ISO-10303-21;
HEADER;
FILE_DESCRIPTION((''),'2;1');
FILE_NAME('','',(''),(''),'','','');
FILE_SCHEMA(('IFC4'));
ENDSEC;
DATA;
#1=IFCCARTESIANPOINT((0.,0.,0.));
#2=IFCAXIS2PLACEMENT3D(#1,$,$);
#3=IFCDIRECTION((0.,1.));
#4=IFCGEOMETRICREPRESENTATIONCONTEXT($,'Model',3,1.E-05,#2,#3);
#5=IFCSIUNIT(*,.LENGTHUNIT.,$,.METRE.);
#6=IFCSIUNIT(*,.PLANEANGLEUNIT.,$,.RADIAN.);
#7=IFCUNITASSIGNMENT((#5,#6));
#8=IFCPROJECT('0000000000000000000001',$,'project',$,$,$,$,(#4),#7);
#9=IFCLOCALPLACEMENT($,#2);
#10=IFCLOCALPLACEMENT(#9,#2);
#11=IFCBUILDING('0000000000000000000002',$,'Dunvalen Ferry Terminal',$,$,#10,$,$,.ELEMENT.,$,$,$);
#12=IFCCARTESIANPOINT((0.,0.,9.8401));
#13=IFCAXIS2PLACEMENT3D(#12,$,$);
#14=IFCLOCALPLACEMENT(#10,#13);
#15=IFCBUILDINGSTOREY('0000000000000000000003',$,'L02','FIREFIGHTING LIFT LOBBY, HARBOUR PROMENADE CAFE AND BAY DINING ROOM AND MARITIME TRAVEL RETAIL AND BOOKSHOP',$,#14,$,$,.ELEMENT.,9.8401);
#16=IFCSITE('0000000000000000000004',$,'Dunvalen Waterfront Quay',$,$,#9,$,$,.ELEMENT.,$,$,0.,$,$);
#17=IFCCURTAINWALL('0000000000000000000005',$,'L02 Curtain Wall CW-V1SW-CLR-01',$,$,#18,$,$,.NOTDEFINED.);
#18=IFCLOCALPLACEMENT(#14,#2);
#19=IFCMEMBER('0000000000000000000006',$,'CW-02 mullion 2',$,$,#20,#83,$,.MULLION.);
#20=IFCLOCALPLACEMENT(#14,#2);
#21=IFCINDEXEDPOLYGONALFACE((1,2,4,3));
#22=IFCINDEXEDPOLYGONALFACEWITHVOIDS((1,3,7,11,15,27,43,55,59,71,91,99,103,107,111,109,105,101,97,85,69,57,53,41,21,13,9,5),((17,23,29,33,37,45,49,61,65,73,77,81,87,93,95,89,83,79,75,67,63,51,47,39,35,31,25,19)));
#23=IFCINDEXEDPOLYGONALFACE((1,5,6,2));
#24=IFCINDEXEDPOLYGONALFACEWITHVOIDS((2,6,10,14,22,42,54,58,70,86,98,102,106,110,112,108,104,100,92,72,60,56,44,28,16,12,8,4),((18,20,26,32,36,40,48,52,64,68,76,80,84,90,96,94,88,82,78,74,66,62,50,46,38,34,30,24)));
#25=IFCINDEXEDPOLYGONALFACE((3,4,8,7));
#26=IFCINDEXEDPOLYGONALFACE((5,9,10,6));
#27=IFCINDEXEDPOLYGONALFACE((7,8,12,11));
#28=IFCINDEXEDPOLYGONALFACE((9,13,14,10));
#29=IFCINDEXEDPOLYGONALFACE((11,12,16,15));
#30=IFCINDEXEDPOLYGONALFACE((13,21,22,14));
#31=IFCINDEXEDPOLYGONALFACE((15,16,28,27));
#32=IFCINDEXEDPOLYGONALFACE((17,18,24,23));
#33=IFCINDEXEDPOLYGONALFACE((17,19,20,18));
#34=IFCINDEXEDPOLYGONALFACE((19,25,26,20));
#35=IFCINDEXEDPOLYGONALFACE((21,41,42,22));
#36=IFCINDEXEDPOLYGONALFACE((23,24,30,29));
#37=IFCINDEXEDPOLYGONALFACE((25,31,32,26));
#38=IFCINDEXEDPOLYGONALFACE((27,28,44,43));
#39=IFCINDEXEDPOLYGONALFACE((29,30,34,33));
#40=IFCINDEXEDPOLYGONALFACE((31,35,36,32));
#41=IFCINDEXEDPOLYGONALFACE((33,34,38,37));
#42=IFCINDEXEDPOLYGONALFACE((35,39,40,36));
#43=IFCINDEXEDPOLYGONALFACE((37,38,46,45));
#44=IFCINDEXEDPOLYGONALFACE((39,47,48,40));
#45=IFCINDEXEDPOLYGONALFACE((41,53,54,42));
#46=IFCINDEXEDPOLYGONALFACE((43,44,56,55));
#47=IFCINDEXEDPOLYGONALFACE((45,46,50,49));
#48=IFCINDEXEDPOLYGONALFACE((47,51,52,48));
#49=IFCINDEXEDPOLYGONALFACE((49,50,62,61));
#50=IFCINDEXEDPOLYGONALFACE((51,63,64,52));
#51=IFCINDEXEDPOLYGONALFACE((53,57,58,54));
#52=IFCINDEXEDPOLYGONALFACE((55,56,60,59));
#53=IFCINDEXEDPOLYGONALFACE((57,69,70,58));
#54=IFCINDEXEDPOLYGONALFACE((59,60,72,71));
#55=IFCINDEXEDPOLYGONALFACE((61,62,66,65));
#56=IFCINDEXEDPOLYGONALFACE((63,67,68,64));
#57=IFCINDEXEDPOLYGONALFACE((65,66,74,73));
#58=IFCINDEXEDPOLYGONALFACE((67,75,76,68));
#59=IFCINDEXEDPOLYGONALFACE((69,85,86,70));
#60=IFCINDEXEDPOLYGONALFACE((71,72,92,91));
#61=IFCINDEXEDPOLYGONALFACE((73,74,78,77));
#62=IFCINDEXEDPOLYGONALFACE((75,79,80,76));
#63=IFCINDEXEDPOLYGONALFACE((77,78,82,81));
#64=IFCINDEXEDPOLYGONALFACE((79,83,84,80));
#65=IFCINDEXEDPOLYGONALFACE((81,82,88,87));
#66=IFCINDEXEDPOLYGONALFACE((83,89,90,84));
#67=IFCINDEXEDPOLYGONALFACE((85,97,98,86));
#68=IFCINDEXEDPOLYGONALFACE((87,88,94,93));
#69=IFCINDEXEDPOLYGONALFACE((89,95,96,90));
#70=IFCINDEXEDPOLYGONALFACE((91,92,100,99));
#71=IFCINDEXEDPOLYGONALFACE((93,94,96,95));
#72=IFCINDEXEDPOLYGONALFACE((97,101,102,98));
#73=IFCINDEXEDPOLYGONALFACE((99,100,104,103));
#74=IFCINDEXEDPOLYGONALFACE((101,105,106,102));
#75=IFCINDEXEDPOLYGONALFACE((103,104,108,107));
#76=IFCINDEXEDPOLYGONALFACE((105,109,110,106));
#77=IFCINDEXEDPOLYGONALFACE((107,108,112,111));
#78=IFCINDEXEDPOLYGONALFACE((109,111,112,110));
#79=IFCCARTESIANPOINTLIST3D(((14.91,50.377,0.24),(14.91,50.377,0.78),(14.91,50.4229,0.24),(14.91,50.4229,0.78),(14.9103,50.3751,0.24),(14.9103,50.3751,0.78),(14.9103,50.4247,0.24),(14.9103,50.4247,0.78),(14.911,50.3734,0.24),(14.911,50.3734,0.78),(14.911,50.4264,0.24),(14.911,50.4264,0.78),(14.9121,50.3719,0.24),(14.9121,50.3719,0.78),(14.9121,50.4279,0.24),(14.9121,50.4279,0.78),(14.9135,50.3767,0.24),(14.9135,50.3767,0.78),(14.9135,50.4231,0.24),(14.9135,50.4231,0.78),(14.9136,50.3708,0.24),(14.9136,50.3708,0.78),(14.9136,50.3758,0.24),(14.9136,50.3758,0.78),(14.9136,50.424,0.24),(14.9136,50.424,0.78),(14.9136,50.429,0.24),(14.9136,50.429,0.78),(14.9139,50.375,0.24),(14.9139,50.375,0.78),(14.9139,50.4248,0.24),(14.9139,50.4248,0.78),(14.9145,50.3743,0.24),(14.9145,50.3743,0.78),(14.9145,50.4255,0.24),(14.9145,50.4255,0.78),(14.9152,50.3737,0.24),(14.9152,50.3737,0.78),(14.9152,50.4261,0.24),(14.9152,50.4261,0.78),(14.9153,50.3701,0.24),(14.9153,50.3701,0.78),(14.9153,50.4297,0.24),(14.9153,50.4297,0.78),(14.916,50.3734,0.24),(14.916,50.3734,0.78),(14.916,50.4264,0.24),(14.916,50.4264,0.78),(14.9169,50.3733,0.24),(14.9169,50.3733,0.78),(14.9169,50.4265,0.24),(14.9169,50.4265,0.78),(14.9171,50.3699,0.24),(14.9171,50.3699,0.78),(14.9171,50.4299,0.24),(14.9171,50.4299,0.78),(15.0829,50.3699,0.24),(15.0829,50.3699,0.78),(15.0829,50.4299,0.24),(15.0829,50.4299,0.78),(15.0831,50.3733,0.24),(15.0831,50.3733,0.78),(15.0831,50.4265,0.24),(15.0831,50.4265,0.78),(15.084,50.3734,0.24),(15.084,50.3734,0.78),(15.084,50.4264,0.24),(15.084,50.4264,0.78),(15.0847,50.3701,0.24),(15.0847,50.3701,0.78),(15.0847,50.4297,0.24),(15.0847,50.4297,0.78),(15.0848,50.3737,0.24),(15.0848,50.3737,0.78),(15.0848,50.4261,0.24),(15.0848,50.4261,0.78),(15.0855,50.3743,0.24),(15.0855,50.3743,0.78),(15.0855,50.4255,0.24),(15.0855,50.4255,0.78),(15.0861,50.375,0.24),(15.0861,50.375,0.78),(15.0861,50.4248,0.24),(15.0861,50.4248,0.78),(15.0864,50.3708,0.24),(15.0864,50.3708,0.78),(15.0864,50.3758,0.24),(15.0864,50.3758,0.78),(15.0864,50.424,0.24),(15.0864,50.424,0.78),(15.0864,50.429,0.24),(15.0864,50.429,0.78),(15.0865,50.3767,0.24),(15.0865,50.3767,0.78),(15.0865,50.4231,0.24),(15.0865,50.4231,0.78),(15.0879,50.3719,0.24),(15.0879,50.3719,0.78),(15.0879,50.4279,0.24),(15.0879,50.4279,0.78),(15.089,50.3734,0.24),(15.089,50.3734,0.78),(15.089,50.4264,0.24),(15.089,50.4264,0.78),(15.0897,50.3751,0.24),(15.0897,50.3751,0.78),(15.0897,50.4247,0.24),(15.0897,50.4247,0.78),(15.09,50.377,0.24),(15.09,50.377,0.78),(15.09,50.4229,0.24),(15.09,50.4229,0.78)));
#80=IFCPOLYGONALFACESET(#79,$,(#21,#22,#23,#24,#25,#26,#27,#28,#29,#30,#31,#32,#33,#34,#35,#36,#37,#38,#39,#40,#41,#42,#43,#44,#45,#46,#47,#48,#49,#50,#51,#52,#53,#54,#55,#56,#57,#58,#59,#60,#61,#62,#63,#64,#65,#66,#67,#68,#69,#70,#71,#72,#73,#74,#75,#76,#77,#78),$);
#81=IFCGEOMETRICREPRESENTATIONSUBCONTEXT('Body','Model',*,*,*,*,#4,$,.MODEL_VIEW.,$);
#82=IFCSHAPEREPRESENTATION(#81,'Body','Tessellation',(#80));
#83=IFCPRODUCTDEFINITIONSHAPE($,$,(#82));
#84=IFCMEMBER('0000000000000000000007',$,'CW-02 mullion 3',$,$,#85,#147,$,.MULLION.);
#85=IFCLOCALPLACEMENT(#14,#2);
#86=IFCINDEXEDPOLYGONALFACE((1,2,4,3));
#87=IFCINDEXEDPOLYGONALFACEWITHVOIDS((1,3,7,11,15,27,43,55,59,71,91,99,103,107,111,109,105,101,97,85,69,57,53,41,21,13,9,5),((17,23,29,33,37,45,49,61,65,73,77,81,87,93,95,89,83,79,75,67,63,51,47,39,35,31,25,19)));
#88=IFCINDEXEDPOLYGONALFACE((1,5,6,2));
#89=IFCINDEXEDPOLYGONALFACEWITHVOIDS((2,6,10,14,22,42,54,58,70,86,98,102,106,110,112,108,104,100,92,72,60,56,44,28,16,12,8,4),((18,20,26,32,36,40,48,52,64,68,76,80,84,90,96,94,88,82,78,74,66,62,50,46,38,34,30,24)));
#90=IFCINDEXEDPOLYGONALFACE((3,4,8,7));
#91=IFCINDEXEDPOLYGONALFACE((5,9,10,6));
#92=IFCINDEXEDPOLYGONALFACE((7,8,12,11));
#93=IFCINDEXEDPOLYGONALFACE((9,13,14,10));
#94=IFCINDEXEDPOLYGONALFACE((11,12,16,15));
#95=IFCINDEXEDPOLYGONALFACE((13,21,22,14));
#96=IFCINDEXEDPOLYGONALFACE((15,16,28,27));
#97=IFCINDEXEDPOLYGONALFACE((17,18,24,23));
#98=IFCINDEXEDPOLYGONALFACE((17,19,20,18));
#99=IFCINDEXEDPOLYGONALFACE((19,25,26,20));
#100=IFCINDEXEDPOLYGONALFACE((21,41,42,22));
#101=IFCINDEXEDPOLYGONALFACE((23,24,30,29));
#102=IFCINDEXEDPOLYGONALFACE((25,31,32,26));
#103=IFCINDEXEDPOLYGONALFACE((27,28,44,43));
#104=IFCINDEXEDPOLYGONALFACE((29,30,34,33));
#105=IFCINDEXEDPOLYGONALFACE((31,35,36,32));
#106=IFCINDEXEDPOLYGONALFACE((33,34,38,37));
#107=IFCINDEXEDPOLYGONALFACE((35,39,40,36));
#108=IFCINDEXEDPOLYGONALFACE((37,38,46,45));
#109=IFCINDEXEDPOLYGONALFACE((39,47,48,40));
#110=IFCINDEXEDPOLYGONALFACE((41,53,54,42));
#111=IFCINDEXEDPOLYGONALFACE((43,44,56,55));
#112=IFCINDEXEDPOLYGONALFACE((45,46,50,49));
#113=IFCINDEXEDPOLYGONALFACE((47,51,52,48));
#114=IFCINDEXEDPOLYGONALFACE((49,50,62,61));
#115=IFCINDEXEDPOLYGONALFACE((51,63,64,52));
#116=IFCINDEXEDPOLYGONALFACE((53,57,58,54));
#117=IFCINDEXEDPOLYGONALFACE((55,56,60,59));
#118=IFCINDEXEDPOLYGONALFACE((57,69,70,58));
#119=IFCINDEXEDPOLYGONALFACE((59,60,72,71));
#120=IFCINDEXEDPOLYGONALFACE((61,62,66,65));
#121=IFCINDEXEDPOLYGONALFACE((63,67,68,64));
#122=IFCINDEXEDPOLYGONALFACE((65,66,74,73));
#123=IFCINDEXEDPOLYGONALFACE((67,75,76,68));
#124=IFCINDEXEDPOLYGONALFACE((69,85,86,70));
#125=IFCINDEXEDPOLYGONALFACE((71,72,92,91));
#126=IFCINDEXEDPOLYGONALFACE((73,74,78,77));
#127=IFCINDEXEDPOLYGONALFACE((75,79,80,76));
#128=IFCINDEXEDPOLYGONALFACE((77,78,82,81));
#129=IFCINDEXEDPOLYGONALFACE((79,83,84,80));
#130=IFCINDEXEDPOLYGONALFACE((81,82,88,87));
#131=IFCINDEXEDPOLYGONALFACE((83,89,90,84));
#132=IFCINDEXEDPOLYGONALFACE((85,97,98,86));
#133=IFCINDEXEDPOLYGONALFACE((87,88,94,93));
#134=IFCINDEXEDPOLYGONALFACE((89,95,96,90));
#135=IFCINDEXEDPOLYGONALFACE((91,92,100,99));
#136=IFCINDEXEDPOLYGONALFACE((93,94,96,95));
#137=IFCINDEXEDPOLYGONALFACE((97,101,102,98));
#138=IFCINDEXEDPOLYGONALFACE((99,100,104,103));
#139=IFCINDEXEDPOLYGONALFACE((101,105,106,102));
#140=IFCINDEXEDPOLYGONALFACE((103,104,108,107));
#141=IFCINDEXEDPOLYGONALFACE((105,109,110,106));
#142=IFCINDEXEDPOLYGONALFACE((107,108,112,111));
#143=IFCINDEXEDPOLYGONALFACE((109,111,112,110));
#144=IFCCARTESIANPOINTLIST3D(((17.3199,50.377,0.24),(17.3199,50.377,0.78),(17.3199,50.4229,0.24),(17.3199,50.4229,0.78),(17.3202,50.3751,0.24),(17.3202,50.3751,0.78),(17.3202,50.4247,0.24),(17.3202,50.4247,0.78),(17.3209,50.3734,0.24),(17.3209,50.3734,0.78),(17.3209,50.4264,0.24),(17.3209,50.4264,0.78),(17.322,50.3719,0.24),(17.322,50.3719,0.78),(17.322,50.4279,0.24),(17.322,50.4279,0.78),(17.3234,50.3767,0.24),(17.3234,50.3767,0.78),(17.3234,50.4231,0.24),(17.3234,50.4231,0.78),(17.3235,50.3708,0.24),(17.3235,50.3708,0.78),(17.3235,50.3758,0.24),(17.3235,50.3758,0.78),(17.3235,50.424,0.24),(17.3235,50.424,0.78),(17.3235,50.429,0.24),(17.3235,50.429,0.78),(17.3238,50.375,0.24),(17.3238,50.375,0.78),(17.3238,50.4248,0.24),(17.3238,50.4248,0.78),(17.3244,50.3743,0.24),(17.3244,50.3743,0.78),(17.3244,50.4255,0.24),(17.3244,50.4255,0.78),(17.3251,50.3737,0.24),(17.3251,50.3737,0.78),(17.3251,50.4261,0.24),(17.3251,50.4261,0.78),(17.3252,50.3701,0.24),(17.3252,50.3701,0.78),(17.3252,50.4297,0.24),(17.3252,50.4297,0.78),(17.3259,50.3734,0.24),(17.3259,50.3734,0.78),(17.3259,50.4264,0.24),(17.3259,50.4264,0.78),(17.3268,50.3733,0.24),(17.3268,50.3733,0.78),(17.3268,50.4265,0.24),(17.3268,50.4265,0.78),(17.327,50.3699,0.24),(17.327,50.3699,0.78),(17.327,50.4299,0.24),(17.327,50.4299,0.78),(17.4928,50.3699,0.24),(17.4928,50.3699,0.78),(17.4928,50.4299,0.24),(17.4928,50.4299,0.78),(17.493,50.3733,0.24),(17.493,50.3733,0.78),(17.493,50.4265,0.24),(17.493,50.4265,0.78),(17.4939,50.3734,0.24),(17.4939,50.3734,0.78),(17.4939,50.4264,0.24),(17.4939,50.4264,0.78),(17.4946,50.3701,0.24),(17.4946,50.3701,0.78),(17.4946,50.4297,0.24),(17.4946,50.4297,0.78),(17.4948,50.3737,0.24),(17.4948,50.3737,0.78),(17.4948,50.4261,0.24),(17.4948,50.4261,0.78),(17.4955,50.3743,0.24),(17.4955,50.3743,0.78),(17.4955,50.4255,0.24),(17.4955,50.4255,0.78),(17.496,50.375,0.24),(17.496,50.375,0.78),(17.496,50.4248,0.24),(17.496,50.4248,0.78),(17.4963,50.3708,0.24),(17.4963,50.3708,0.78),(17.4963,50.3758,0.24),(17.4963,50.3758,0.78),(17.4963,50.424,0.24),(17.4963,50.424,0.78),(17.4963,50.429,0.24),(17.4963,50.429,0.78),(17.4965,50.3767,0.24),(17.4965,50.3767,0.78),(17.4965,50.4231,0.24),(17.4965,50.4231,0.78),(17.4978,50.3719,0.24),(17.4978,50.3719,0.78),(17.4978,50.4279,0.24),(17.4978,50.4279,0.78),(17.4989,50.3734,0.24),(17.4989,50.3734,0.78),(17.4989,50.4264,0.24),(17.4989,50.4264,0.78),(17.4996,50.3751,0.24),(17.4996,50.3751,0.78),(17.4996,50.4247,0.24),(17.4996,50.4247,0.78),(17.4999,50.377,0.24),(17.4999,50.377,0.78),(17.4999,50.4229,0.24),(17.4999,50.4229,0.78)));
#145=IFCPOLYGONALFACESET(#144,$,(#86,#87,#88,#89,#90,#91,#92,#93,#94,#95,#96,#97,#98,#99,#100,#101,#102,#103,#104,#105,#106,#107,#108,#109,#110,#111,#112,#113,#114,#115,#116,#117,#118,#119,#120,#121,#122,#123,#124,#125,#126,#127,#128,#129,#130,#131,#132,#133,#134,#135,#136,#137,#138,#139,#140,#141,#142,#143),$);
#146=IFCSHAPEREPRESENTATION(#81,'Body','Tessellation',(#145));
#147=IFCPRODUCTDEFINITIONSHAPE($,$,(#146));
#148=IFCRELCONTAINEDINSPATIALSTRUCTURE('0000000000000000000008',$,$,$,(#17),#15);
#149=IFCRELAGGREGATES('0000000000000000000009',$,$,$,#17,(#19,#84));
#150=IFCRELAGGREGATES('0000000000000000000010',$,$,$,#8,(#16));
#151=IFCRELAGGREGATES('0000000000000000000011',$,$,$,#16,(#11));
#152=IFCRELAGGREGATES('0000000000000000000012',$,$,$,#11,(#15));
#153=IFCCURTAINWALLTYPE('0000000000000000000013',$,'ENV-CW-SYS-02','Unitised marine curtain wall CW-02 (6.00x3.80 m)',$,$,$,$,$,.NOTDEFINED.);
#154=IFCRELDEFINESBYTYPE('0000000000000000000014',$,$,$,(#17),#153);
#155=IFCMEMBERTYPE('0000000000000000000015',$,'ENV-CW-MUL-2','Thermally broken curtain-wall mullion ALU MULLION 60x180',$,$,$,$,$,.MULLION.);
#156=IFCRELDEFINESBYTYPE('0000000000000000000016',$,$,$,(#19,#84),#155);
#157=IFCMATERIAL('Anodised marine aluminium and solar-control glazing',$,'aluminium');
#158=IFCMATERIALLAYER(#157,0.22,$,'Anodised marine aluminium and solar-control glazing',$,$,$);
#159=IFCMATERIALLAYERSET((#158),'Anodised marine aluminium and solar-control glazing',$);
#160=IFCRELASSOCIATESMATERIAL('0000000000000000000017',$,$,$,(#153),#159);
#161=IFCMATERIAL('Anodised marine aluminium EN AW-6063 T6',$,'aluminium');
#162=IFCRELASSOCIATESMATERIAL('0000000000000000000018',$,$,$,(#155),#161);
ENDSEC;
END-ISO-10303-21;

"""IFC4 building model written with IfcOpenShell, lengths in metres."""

from ifc_helpers import new_model, si_unit, direction, frame, origin, origin_2d, place, context, subcontext, project, spatial, hollow_rectangle, extrude, material, layer, layer_set, material_profile, profile_set, type_object, element, aggregate, save


model = new_model("IFC4")

# Units and contexts
model_context = context("Model", 3, precision=1e-05, world=origin(), true_north=direction((0.0, 1.0)))
body_context = subcontext(model_context, "Body", "Model", "MODEL_VIEW")
ifc_project = project(units=[si_unit("LENGTHUNIT", "METRE"), si_unit("PLANEANGLEUNIT", "RADIAN")], contexts=[model_context])

# Site, building, storey
site_placement = place(None, origin())
site = spatial("IfcSite", under=ifc_project, at=site_placement, Name="Dunvalen Waterfront Quay", CompositionType="ELEMENT", RefElevation=0.0)
building_placement = place(site_placement, origin())
building = spatial("IfcBuilding", under=site, at=building_placement, Name="Dunvalen Ferry Terminal", CompositionType="ELEMENT")
storey_placement = place(building_placement, frame((0.0, 0.0, 9.8401)))
storey = spatial("IfcBuildingStorey", under=building, at=storey_placement, Name="L02", Description="FIREFIGHTING LIFT LOBBY, HARBOUR PROMENADE CAFE AND BAY DINING ROOM AND MARITIME TRAVEL RETAIL AND BOOKSHOP", CompositionType="ELEMENT", Elevation=9.8401)

# Curtain wall, members
ifc_material_1 = material(Name="Anodised marine aluminium and solar-control glazing", Category="aluminium")
ifc_layer_1 = layer(ifc_material_1, 0.22, Name="Anodised marine aluminium and solar-control glazing")
ifc_layer_set_1 = layer_set([ifc_layer_1], Name="Anodised marine aluminium and solar-control glazing")
curtain_wall_type = type_object("IfcCurtainWallType", Name="ENV-CW-SYS-02", Description="Unitised marine curtain wall CW-02 (6.00x3.80 m)", PredefinedType="NOTDEFINED", material=ifc_layer_set_1)
curtain_wall_1_placement = place(storey_placement, origin())
curtain_wall_1 = element("IfcCurtainWall", 1, at=curtain_wall_1_placement, inside=storey, type_object=curtain_wall_type, Name="L02 Curtain Wall CW-V1SW-CLR-01", PredefinedType="NOTDEFINED")
ifc_material_2 = material(Name="Anodised marine aluminium EN AW-6063 T6", Category="aluminium")
ifc_material_profile_1 = material_profile(ifc_material_2, hollow_rectangle(XDim=0.0601, YDim=0.1799, WallThickness=0.0034, InnerFilletRadius=0.0034, OuterFilletRadius=0.0071, at=origin_2d()), Name="Anodised marine aluminium EN AW-6063 T6")
ifc_profile_set_1 = profile_set([ifc_material_profile_1], Name="Anodised marine aluminium EN AW-6063 T6")
member_type_1 = type_object("IfcMemberType", Name="ENV-CW-MUL-2", Description="Thermally broken curtain-wall mullion ALU MULLION 60x180", PredefinedType="MULLION", material=ifc_profile_set_1)
member_1_placement = place(storey_placement, frame((15.0, 50.3999, 0.24), z_axis=(0.0, 0.0, 1.0), x_axis=(0.0, 1.0, 0.0)))
member_1 = element("IfcMember", 2, at=member_1_placement, type_object=member_type_1, Name="CW-02 mullion 2", PredefinedType="MULLION", context=body_context, shape_type="SweptSolid", body=[
    extrude(hollow_rectangle(XDim=0.0601, YDim=0.1799, WallThickness=0.0034, InnerFilletRadius=0.0034, OuterFilletRadius=0.0071, at=origin_2d()), origin(), (0.0, 0.0, 1.0), 0.54),
])
member_2_placement = place(storey_placement, frame((17.4099, 50.3999, 0.24), z_axis=(0.0, 0.0, 1.0), x_axis=(0.0, 1.0, 0.0)))
member_2 = element("IfcMember", 3, at=member_2_placement, type_object=member_type_1, Name="CW-02 mullion 3", PredefinedType="MULLION", context=body_context, shape_type="SweptSolid", body=[
    extrude(hollow_rectangle(XDim=0.0601, YDim=0.1799, WallThickness=0.0034, InnerFilletRadius=0.0034, OuterFilletRadius=0.0071, at=origin_2d()), origin(), (0.0, 0.0, 1.0), 0.54),
])

aggregate(curtain_wall_1, [member_1, member_2])

save(model, "model.ifc")
